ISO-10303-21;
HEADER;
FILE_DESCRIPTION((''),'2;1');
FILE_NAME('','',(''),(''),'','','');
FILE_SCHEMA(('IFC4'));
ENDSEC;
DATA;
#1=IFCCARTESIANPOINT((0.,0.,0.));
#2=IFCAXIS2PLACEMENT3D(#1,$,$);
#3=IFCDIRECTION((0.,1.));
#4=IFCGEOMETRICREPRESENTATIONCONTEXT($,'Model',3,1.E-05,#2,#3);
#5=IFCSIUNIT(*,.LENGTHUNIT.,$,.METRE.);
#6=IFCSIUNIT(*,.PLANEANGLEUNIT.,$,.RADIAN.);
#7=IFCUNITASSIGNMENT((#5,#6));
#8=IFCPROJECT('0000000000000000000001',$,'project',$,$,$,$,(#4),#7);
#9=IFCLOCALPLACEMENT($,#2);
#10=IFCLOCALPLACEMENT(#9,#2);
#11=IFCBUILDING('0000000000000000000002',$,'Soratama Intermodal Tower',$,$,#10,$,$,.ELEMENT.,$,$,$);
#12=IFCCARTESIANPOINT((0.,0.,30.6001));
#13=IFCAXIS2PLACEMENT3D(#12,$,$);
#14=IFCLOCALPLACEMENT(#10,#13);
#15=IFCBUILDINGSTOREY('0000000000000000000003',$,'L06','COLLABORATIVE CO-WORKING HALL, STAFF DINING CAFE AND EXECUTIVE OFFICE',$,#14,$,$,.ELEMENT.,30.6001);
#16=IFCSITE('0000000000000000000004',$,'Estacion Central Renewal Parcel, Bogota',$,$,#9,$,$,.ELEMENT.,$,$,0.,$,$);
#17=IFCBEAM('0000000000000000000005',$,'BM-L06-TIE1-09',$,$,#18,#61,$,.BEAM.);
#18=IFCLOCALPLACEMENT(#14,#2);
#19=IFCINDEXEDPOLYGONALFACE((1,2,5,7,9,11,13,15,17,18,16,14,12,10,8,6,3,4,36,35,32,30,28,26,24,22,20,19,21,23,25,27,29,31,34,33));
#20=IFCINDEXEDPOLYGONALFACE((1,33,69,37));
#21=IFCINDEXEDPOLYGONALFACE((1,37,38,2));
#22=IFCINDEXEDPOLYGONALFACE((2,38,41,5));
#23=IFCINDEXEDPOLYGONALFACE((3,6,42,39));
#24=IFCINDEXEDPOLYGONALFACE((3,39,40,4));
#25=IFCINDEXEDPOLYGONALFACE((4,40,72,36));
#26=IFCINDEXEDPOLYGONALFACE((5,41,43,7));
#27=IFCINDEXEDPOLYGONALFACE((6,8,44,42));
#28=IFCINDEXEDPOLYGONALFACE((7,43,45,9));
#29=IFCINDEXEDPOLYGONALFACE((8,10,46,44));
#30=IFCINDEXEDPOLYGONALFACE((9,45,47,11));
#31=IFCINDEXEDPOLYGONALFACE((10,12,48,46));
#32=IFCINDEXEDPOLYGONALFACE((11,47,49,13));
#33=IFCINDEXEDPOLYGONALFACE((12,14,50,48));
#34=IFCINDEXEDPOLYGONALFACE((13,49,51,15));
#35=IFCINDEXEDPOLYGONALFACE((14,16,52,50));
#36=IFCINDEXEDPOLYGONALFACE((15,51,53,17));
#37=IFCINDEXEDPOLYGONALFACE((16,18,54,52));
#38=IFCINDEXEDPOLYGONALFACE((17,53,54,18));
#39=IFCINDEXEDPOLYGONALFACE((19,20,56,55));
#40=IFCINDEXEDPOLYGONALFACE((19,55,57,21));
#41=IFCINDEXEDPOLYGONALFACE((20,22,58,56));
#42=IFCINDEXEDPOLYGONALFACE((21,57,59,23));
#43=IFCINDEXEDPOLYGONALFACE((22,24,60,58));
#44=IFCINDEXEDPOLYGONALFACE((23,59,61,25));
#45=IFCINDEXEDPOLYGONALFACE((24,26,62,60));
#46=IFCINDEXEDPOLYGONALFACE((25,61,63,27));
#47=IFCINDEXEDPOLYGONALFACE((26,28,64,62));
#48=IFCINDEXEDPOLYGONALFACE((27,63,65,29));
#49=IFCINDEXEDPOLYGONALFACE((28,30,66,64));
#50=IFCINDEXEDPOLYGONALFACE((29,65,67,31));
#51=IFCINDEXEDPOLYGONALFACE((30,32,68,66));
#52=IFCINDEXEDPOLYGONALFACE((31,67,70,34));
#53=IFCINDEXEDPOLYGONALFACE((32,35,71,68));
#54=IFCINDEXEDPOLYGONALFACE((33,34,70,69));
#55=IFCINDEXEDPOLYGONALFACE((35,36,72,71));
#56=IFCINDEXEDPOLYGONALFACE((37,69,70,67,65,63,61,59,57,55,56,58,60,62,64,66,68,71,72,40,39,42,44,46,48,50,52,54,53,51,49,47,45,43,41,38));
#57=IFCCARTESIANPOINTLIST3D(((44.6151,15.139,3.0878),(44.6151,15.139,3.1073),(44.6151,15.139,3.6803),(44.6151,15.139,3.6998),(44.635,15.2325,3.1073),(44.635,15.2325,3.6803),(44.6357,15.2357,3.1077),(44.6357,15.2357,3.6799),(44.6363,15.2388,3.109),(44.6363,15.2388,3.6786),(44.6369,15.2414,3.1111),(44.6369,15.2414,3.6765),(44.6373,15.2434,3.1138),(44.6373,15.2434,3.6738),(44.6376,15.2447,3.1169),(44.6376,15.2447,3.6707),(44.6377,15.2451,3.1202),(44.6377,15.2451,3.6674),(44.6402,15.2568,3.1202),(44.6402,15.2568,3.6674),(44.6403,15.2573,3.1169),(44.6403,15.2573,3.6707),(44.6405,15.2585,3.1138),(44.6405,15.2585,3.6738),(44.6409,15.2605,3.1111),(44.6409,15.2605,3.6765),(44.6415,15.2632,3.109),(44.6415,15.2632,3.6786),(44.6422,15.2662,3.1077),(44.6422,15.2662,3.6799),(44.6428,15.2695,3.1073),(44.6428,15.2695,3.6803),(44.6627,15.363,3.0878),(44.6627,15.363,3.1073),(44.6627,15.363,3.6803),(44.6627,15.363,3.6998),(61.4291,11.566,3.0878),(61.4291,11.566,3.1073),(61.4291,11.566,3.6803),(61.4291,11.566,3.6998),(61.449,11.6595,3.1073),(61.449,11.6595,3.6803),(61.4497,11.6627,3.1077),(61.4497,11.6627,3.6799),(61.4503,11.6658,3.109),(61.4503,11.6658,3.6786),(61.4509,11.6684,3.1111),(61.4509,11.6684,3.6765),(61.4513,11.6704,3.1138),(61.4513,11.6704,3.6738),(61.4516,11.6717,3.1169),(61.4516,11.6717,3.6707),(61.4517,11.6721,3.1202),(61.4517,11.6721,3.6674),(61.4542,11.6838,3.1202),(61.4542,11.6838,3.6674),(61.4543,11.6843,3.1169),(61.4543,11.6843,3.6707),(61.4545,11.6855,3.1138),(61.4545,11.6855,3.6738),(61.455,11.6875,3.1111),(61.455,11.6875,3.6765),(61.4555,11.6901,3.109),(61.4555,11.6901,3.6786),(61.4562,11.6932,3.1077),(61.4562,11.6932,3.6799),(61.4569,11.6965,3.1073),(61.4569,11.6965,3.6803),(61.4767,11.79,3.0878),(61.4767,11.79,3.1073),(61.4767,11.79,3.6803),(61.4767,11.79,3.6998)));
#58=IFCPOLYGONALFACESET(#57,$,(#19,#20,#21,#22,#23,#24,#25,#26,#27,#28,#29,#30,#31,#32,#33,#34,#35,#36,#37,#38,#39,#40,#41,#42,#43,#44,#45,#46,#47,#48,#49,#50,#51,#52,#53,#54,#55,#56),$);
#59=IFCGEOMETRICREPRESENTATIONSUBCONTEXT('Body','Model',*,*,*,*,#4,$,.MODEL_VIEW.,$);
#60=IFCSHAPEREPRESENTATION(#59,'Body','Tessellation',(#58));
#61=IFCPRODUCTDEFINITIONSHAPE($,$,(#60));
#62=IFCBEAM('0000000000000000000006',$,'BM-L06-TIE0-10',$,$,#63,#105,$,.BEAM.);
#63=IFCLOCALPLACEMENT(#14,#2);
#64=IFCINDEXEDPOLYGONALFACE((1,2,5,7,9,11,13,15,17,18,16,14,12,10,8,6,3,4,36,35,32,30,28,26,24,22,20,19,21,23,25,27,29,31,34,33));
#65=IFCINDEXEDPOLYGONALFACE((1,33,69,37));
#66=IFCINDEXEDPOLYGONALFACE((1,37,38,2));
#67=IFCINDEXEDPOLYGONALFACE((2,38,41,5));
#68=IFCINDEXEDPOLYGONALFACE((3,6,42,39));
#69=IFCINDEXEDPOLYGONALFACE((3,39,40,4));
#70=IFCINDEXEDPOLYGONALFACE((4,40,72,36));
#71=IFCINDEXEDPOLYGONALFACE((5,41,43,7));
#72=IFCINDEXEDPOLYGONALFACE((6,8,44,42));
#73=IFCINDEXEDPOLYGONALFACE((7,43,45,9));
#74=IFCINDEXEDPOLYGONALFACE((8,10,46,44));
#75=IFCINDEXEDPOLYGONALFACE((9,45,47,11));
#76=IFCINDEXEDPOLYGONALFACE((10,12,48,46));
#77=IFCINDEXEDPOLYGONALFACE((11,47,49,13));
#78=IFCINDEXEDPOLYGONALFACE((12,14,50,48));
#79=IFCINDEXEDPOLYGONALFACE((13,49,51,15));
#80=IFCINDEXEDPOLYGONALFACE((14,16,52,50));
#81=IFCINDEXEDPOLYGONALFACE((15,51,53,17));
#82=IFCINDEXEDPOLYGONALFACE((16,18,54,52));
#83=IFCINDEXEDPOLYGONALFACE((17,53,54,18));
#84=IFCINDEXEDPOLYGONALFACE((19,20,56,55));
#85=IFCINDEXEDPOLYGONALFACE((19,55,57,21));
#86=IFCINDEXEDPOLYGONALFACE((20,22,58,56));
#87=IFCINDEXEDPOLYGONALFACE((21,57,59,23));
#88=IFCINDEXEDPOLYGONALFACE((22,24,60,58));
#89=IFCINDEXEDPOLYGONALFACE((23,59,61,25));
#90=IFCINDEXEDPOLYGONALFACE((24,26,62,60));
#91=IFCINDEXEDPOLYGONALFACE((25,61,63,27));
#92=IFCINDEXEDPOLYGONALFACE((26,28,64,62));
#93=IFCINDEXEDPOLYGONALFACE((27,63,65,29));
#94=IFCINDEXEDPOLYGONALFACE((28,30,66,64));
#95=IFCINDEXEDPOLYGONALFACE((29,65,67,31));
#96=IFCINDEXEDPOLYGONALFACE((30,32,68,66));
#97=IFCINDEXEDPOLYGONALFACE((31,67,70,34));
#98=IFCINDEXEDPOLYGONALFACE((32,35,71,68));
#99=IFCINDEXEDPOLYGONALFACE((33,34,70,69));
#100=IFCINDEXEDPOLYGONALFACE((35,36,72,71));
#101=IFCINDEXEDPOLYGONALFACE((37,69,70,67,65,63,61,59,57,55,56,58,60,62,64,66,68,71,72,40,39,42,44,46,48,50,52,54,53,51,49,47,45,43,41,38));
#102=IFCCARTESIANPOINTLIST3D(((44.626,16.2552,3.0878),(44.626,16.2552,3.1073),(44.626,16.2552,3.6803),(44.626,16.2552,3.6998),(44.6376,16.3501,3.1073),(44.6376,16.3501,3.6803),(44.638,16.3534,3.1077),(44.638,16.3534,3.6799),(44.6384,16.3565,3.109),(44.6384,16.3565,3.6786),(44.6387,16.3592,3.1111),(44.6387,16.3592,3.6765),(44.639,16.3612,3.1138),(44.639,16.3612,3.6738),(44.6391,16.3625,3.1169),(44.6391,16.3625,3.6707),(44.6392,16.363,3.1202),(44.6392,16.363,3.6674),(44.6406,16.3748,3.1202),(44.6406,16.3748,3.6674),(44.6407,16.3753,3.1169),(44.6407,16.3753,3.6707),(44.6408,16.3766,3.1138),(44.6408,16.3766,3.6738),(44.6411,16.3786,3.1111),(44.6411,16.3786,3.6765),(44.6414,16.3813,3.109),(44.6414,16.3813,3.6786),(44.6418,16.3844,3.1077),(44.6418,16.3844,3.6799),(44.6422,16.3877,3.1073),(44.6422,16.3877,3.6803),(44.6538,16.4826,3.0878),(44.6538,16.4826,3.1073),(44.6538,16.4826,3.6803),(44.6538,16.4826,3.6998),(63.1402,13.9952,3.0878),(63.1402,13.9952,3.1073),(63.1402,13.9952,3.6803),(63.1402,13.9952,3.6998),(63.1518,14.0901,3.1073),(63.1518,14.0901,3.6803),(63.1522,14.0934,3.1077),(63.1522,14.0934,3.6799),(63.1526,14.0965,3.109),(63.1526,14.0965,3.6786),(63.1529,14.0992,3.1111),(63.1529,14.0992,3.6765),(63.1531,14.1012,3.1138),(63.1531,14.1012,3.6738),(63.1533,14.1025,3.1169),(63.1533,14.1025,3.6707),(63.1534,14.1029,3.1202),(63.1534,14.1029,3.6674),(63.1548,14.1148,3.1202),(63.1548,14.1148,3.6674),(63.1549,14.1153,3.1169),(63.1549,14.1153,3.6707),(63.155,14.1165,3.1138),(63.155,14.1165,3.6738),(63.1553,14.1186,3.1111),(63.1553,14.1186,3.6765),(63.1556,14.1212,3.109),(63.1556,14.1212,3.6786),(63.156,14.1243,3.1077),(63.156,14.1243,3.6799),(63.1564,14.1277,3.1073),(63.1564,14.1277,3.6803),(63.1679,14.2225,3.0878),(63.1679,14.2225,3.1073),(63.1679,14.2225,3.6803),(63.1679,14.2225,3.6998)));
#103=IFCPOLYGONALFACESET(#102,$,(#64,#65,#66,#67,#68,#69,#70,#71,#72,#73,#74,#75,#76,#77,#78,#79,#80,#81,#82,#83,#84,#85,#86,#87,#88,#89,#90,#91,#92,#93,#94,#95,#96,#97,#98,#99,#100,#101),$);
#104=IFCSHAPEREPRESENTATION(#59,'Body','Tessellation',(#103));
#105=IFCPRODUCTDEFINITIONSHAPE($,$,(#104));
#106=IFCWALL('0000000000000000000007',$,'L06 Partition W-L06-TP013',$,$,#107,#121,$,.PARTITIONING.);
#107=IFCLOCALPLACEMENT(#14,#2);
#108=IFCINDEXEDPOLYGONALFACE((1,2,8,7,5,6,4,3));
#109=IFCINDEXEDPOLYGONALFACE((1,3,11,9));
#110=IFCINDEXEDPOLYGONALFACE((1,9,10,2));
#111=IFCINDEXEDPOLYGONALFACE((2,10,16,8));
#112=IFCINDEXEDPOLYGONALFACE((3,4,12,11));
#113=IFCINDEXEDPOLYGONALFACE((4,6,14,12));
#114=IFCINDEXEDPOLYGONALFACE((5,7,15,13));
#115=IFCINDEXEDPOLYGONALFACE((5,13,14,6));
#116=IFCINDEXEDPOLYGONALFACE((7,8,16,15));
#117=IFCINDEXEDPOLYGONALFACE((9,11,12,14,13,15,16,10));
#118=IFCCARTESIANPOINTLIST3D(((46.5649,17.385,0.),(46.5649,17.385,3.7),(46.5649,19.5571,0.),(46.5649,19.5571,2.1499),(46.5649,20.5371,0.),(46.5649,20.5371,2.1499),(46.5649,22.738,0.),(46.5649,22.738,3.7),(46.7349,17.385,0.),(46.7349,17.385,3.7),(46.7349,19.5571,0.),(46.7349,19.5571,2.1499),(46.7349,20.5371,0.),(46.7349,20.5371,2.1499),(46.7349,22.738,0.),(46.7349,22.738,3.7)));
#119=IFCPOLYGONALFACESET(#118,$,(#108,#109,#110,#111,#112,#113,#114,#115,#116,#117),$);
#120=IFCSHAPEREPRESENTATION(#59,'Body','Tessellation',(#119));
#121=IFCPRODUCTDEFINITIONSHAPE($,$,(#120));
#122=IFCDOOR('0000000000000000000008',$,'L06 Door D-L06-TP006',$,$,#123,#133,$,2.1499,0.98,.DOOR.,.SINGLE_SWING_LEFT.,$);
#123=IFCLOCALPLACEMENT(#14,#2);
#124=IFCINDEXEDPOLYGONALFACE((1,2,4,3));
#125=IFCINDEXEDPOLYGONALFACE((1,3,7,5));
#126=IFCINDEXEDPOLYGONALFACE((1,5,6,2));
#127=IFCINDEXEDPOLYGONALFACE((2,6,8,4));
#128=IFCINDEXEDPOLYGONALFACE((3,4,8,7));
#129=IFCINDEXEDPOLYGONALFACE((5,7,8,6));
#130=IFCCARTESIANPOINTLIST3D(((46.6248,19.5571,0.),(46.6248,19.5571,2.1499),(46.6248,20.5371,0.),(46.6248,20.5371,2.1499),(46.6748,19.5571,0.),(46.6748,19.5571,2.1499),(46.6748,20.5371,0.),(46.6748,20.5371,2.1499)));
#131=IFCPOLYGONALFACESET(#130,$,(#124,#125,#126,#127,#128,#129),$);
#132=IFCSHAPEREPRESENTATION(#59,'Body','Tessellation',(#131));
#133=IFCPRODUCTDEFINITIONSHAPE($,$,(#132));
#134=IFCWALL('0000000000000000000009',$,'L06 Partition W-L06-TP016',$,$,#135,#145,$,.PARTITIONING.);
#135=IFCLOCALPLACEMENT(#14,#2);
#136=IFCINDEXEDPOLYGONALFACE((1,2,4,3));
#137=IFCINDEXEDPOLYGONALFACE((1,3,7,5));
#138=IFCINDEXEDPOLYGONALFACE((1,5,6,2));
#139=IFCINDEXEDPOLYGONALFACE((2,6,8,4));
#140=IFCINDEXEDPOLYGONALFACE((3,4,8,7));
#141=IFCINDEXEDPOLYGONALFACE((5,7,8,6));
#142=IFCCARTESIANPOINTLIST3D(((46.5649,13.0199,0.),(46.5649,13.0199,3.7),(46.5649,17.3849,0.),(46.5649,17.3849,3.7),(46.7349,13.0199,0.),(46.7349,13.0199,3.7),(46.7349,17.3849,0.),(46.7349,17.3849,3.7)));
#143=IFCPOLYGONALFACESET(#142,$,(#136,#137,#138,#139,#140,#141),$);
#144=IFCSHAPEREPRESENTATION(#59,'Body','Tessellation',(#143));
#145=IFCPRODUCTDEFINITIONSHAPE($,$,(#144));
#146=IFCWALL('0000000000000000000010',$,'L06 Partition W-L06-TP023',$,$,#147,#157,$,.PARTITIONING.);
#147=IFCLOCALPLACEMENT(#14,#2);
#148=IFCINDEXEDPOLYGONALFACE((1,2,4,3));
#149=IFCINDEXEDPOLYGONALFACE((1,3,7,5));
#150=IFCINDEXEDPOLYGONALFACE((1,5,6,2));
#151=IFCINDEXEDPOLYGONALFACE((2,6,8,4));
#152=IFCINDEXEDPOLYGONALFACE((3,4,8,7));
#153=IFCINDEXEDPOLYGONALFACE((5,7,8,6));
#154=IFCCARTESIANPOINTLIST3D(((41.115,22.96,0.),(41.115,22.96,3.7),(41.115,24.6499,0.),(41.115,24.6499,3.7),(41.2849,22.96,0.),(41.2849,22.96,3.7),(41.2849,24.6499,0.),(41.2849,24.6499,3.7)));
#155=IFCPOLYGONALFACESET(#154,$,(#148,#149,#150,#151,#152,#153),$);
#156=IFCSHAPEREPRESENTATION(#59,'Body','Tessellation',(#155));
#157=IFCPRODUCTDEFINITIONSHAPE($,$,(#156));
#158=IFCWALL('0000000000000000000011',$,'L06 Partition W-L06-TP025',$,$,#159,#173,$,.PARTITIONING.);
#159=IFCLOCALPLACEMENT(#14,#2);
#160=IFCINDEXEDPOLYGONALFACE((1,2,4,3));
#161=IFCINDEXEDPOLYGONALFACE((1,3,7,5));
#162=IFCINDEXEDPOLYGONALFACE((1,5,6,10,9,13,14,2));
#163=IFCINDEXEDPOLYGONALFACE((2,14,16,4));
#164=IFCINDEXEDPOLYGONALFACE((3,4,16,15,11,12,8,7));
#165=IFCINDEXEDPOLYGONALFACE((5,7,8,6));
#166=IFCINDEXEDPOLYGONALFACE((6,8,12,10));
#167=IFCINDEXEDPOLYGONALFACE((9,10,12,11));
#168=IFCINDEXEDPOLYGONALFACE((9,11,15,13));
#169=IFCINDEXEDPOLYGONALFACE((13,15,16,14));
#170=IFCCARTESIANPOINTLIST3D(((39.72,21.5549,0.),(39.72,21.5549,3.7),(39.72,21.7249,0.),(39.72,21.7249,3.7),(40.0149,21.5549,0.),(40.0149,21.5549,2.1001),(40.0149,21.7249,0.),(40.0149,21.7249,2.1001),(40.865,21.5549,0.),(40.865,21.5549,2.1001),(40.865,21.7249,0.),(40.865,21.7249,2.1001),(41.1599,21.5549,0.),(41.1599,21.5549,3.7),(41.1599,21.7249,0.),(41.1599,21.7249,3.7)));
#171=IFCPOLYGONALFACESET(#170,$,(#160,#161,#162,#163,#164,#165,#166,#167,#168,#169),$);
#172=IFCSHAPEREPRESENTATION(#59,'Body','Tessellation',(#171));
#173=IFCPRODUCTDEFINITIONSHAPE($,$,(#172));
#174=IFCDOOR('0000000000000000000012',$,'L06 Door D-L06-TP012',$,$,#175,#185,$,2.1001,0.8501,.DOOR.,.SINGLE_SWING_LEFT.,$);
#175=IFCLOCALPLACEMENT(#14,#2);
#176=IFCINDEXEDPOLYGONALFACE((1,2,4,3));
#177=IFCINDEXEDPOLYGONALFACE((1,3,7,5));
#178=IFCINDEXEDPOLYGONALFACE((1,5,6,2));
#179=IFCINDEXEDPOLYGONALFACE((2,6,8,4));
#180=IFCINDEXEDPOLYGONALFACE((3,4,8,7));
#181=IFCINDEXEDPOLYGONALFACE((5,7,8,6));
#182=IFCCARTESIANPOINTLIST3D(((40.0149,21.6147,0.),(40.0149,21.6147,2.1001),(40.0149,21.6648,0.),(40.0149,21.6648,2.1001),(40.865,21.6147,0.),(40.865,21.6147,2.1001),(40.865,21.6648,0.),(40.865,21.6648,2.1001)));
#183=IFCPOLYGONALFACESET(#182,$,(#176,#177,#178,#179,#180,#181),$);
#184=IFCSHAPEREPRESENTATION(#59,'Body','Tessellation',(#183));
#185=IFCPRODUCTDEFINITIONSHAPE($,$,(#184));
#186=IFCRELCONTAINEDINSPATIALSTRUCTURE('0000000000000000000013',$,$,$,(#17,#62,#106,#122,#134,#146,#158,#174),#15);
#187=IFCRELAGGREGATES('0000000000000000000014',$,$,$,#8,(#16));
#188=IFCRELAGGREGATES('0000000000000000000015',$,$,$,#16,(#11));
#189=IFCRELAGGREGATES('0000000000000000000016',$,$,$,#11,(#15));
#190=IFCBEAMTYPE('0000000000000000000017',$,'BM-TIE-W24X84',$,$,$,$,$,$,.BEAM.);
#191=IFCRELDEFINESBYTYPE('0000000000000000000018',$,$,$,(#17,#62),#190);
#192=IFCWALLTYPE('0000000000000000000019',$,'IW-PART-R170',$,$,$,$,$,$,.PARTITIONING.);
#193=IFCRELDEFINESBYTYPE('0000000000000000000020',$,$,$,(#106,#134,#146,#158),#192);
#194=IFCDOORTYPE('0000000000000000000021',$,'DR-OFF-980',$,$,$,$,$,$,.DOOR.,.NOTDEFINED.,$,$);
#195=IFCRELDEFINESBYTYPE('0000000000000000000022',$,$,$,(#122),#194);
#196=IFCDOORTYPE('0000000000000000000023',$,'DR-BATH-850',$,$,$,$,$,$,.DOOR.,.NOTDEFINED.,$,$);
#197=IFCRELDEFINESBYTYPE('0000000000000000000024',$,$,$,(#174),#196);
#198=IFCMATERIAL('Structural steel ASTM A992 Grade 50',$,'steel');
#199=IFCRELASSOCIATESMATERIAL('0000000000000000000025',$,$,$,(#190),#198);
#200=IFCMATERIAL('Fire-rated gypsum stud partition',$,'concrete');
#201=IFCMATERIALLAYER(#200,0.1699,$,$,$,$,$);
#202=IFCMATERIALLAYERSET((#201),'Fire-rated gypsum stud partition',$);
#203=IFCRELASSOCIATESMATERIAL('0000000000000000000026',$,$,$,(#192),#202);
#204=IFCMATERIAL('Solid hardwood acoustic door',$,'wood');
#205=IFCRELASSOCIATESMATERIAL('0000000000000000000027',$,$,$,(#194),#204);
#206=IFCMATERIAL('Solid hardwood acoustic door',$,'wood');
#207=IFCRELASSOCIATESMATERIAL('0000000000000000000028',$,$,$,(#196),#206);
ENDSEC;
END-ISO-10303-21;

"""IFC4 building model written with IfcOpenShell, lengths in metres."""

from ifc_helpers import new_model, si_unit, direction, frame, frame_2d, origin, origin_2d, place, context, subcontext, project, spatial, rectangle, i_section, extrude, material, layer, layer_set, material_profile, profile_set, type_object, element, fill, save


model = new_model("IFC4")

# Units and contexts
model_context = context("Model", 3, precision=1e-05, world=origin(), true_north=direction((0.0, 1.0)))
body_context = subcontext(model_context, "Body", "Model", "MODEL_VIEW")
ifc_project = project(units=[si_unit("LENGTHUNIT", "METRE"), si_unit("PLANEANGLEUNIT", "RADIAN")], contexts=[model_context])

# Site, building, storey
site_placement = place(None, origin())
site = spatial("IfcSite", under=ifc_project, at=site_placement, Name="Estacion Central Renewal Parcel, Bogota", CompositionType="ELEMENT", RefElevation=0.0)
building_placement = place(site_placement, origin())
building = spatial("IfcBuilding", under=site, at=building_placement, Name="Soratama Intermodal Tower", CompositionType="ELEMENT")
storey_placement = place(building_placement, frame((0.0, 0.0, 30.6001)))
storey = spatial("IfcBuildingStorey", under=building, at=storey_placement, Name="L06", Description="COLLABORATIVE CO-WORKING HALL, STAFF DINING CAFE AND EXECUTIVE OFFICE", CompositionType="ELEMENT", Elevation=30.6001)

# Beams
ifc_material_1 = material(Name="Structural steel ASTM A992 Grade 50", Category="steel")
ifc_material_profile_1 = material_profile(ifc_material_1, i_section(OverallWidth=0.229, OverallDepth=0.6121, WebThickness=0.012, FlangeThickness=0.0195, FilletRadius=0.0129, at=origin_2d()), Name="W24X84")
ifc_profile_set_1 = profile_set([ifc_material_profile_1], Name="Structural steel ASTM A992 Grade 50")
beam_type_1 = type_object("IfcBeamType", Name="BM-TIE-W24X84", PredefinedType="BEAM", material=ifc_profile_set_1)
beam_1_placement = place(storey_placement, frame((44.6389, 15.251, 3.3938), z_axis=(0.978158, -0.20786, 0.0), x_axis=(0.20786, 0.978158, 0.0)))
element("IfcBeam", 1, at=beam_1_placement, inside=storey, type_object=beam_type_1, Name="BM-L06-TIE1-09", PredefinedType="BEAM", context=body_context, shape_type="SweptSolid", body=[
    extrude(i_section(OverallWidth=0.229, OverallDepth=0.6121, WebThickness=0.012, FlangeThickness=0.0195, FilletRadius=0.0129, at=origin_2d()), origin(), (0.0, 0.0, 1.0), 17.1895),
])
beam_2_placement = place(storey_placement, frame((44.6399, 16.3689, 3.3938), z_axis=(0.992632, -0.12117, 0.0), x_axis=(0.12117, 0.992632, 0.0)))
element("IfcBeam", 2, at=beam_2_placement, inside=storey, type_object=beam_type_1, Name="BM-L06-TIE0-10", PredefinedType="BEAM", context=body_context, shape_type="SweptSolid", body=[
    extrude(i_section(OverallWidth=0.229, OverallDepth=0.6121, WebThickness=0.012, FlangeThickness=0.0195, FilletRadius=0.0129, at=origin_2d()), origin(), (0.0, 0.0, 1.0), 18.6516),
])

# Wall, opening, door
ifc_material_2 = material(Name="Fire-rated gypsum stud partition", Category="concrete")
ifc_layer_1 = layer(ifc_material_2, 0.1699)
ifc_layer_set_1 = layer_set([ifc_layer_1], Name="Fire-rated gypsum stud partition")
wall_type_1 = type_object("IfcWallType", Name="IW-PART-R170", PredefinedType="PARTITIONING", material=ifc_layer_set_1)
wall_1_placement = place(storey_placement, frame((46.6499, 22.738, 0.0), z_axis=(0.0, 0.0, 1.0), x_axis=(0.0, -1.0, 0.0)))
wall_1 = element("IfcWall", 3, at=wall_1_placement, inside=storey, type_object=wall_type_1, Name="L06 Partition W-L06-TP013", PredefinedType="PARTITIONING", context=body_context, shape_type="SweptSolid", body=[
    extrude(rectangle(XDim=5.353, YDim=0.1699, at=frame_2d((2.6765, 0.0))), origin(), (0.0, 0.0, 1.0), 3.7),
])
opening_1_placement = place(wall_1_placement, frame((2.2009, 0.0, 0.0)))
opening_1 = element("IfcOpeningElement", 4, at=opening_1_placement, cuts=wall_1, PredefinedType="OPENING", context=body_context, shape_type="SweptSolid", body=[
    extrude(rectangle(XDim=0.98, YDim=2.1499, at=frame_2d((0.49, 1.075))), frame((0.0, 0.095, 0.0), z_axis=(0.0, -1.0, 0.0), x_axis=(1.0, 0.0, 0.0)), (0.0, 0.0, 1.0), 0.1899),
])
ifc_material_3 = material(Name="Solid hardwood acoustic door", Category="wood")
door_type_1 = type_object("IfcDoorType", Name="DR-OFF-980", OperationType="NOTDEFINED", PredefinedType="DOOR", material=ifc_material_3)
door_1_placement = place(opening_1_placement, origin())
door_1 = element("IfcDoor", 5, at=door_1_placement, inside=storey, type_object=door_type_1, Name="L06 Door D-L06-TP006", OperationType="SINGLE_SWING_LEFT", OverallHeight=2.1499, OverallWidth=0.98, PredefinedType="DOOR", context=body_context, shape_type="SweptSolid", body=[
    extrude(rectangle(XDim=0.98, YDim=2.1499, at=frame_2d((0.49, 1.075))), frame((0.0, 0.0249, 0.0), z_axis=(0.0, -1.0, 0.0), x_axis=(1.0, 0.0, 0.0)), (0.0, 0.0, 1.0), 0.05),
])
fill(opening_1, door_1)

# Wall
wall_2_placement = place(storey_placement, frame((46.6499, 17.385, 0.0), z_axis=(0.0, 0.0, 1.0), x_axis=(0.0, -1.0, 0.0)))
element("IfcWall", 6, at=wall_2_placement, inside=storey, type_object=wall_type_1, Name="L06 Partition W-L06-TP016", PredefinedType="PARTITIONING", context=body_context, shape_type="SweptSolid", body=[
    extrude(rectangle(XDim=4.365, YDim=0.1699, at=frame_2d((2.1826, 0.0))), origin(), (0.0, 0.0, 1.0), 3.7),
])

# Wall
wall_3_placement = place(storey_placement, frame((41.2, 22.96, 0.0), z_axis=(0.0, 0.0, 1.0), x_axis=(0.0, 1.0, 0.0)))
element("IfcWall", 7, at=wall_3_placement, inside=storey, type_object=wall_type_1, Name="L06 Partition W-L06-TP023", PredefinedType="PARTITIONING", context=body_context, shape_type="SweptSolid", body=[
    extrude(rectangle(XDim=1.6899, YDim=0.1699, at=frame_2d((0.845, 0.0))), origin(), (0.0, 0.0, 1.0), 3.7),
])

# Wall, opening, door
wall_4_placement = place(storey_placement, frame((39.72, 21.6399, 0.0), z_axis=(0.0, 0.0, 1.0), x_axis=(1.0, 0.0, 0.0)))
wall_4 = element("IfcWall", 8, at=wall_4_placement, inside=storey, type_object=wall_type_1, Name="L06 Partition W-L06-TP025", PredefinedType="PARTITIONING", context=body_context, shape_type="SweptSolid", body=[
    extrude(rectangle(XDim=1.4399, YDim=0.1699, at=frame_2d((0.72, 0.0))), origin(), (0.0, 0.0, 1.0), 3.7),
])
opening_2_placement = place(wall_4_placement, frame((0.2949, 0.0, 0.0)))
opening_2 = element("IfcOpeningElement", 9, at=opening_2_placement, cuts=wall_4, PredefinedType="OPENING", context=body_context, shape_type="SweptSolid", body=[
    extrude(rectangle(XDim=0.8501, YDim=2.1001, at=frame_2d((0.425, 1.05))), frame((0.0, 0.095, 0.0), z_axis=(0.0, -1.0, 0.0), x_axis=(1.0, 0.0, 0.0)), (0.0, 0.0, 1.0), 0.1899),
])
ifc_material_4 = material(Name="Solid hardwood acoustic door", Category="wood")
door_type_2 = type_object("IfcDoorType", Name="DR-BATH-850", OperationType="NOTDEFINED", PredefinedType="DOOR", material=ifc_material_4)
door_2_placement = place(opening_2_placement, origin())
door_2 = element("IfcDoor", 10, at=door_2_placement, inside=storey, type_object=door_type_2, Name="L06 Door D-L06-TP012", OperationType="SINGLE_SWING_LEFT", OverallHeight=2.1001, OverallWidth=0.8501, PredefinedType="DOOR", context=body_context, shape_type="SweptSolid", body=[
    extrude(rectangle(XDim=0.8501, YDim=2.1001, at=frame_2d((0.425, 1.05))), frame((0.0, 0.0249, 0.0), z_axis=(0.0, -1.0, 0.0), x_axis=(1.0, 0.0, 0.0)), (0.0, 0.0, 1.0), 0.05),
])
fill(opening_2, door_2)

save(model, "model.ifc")
